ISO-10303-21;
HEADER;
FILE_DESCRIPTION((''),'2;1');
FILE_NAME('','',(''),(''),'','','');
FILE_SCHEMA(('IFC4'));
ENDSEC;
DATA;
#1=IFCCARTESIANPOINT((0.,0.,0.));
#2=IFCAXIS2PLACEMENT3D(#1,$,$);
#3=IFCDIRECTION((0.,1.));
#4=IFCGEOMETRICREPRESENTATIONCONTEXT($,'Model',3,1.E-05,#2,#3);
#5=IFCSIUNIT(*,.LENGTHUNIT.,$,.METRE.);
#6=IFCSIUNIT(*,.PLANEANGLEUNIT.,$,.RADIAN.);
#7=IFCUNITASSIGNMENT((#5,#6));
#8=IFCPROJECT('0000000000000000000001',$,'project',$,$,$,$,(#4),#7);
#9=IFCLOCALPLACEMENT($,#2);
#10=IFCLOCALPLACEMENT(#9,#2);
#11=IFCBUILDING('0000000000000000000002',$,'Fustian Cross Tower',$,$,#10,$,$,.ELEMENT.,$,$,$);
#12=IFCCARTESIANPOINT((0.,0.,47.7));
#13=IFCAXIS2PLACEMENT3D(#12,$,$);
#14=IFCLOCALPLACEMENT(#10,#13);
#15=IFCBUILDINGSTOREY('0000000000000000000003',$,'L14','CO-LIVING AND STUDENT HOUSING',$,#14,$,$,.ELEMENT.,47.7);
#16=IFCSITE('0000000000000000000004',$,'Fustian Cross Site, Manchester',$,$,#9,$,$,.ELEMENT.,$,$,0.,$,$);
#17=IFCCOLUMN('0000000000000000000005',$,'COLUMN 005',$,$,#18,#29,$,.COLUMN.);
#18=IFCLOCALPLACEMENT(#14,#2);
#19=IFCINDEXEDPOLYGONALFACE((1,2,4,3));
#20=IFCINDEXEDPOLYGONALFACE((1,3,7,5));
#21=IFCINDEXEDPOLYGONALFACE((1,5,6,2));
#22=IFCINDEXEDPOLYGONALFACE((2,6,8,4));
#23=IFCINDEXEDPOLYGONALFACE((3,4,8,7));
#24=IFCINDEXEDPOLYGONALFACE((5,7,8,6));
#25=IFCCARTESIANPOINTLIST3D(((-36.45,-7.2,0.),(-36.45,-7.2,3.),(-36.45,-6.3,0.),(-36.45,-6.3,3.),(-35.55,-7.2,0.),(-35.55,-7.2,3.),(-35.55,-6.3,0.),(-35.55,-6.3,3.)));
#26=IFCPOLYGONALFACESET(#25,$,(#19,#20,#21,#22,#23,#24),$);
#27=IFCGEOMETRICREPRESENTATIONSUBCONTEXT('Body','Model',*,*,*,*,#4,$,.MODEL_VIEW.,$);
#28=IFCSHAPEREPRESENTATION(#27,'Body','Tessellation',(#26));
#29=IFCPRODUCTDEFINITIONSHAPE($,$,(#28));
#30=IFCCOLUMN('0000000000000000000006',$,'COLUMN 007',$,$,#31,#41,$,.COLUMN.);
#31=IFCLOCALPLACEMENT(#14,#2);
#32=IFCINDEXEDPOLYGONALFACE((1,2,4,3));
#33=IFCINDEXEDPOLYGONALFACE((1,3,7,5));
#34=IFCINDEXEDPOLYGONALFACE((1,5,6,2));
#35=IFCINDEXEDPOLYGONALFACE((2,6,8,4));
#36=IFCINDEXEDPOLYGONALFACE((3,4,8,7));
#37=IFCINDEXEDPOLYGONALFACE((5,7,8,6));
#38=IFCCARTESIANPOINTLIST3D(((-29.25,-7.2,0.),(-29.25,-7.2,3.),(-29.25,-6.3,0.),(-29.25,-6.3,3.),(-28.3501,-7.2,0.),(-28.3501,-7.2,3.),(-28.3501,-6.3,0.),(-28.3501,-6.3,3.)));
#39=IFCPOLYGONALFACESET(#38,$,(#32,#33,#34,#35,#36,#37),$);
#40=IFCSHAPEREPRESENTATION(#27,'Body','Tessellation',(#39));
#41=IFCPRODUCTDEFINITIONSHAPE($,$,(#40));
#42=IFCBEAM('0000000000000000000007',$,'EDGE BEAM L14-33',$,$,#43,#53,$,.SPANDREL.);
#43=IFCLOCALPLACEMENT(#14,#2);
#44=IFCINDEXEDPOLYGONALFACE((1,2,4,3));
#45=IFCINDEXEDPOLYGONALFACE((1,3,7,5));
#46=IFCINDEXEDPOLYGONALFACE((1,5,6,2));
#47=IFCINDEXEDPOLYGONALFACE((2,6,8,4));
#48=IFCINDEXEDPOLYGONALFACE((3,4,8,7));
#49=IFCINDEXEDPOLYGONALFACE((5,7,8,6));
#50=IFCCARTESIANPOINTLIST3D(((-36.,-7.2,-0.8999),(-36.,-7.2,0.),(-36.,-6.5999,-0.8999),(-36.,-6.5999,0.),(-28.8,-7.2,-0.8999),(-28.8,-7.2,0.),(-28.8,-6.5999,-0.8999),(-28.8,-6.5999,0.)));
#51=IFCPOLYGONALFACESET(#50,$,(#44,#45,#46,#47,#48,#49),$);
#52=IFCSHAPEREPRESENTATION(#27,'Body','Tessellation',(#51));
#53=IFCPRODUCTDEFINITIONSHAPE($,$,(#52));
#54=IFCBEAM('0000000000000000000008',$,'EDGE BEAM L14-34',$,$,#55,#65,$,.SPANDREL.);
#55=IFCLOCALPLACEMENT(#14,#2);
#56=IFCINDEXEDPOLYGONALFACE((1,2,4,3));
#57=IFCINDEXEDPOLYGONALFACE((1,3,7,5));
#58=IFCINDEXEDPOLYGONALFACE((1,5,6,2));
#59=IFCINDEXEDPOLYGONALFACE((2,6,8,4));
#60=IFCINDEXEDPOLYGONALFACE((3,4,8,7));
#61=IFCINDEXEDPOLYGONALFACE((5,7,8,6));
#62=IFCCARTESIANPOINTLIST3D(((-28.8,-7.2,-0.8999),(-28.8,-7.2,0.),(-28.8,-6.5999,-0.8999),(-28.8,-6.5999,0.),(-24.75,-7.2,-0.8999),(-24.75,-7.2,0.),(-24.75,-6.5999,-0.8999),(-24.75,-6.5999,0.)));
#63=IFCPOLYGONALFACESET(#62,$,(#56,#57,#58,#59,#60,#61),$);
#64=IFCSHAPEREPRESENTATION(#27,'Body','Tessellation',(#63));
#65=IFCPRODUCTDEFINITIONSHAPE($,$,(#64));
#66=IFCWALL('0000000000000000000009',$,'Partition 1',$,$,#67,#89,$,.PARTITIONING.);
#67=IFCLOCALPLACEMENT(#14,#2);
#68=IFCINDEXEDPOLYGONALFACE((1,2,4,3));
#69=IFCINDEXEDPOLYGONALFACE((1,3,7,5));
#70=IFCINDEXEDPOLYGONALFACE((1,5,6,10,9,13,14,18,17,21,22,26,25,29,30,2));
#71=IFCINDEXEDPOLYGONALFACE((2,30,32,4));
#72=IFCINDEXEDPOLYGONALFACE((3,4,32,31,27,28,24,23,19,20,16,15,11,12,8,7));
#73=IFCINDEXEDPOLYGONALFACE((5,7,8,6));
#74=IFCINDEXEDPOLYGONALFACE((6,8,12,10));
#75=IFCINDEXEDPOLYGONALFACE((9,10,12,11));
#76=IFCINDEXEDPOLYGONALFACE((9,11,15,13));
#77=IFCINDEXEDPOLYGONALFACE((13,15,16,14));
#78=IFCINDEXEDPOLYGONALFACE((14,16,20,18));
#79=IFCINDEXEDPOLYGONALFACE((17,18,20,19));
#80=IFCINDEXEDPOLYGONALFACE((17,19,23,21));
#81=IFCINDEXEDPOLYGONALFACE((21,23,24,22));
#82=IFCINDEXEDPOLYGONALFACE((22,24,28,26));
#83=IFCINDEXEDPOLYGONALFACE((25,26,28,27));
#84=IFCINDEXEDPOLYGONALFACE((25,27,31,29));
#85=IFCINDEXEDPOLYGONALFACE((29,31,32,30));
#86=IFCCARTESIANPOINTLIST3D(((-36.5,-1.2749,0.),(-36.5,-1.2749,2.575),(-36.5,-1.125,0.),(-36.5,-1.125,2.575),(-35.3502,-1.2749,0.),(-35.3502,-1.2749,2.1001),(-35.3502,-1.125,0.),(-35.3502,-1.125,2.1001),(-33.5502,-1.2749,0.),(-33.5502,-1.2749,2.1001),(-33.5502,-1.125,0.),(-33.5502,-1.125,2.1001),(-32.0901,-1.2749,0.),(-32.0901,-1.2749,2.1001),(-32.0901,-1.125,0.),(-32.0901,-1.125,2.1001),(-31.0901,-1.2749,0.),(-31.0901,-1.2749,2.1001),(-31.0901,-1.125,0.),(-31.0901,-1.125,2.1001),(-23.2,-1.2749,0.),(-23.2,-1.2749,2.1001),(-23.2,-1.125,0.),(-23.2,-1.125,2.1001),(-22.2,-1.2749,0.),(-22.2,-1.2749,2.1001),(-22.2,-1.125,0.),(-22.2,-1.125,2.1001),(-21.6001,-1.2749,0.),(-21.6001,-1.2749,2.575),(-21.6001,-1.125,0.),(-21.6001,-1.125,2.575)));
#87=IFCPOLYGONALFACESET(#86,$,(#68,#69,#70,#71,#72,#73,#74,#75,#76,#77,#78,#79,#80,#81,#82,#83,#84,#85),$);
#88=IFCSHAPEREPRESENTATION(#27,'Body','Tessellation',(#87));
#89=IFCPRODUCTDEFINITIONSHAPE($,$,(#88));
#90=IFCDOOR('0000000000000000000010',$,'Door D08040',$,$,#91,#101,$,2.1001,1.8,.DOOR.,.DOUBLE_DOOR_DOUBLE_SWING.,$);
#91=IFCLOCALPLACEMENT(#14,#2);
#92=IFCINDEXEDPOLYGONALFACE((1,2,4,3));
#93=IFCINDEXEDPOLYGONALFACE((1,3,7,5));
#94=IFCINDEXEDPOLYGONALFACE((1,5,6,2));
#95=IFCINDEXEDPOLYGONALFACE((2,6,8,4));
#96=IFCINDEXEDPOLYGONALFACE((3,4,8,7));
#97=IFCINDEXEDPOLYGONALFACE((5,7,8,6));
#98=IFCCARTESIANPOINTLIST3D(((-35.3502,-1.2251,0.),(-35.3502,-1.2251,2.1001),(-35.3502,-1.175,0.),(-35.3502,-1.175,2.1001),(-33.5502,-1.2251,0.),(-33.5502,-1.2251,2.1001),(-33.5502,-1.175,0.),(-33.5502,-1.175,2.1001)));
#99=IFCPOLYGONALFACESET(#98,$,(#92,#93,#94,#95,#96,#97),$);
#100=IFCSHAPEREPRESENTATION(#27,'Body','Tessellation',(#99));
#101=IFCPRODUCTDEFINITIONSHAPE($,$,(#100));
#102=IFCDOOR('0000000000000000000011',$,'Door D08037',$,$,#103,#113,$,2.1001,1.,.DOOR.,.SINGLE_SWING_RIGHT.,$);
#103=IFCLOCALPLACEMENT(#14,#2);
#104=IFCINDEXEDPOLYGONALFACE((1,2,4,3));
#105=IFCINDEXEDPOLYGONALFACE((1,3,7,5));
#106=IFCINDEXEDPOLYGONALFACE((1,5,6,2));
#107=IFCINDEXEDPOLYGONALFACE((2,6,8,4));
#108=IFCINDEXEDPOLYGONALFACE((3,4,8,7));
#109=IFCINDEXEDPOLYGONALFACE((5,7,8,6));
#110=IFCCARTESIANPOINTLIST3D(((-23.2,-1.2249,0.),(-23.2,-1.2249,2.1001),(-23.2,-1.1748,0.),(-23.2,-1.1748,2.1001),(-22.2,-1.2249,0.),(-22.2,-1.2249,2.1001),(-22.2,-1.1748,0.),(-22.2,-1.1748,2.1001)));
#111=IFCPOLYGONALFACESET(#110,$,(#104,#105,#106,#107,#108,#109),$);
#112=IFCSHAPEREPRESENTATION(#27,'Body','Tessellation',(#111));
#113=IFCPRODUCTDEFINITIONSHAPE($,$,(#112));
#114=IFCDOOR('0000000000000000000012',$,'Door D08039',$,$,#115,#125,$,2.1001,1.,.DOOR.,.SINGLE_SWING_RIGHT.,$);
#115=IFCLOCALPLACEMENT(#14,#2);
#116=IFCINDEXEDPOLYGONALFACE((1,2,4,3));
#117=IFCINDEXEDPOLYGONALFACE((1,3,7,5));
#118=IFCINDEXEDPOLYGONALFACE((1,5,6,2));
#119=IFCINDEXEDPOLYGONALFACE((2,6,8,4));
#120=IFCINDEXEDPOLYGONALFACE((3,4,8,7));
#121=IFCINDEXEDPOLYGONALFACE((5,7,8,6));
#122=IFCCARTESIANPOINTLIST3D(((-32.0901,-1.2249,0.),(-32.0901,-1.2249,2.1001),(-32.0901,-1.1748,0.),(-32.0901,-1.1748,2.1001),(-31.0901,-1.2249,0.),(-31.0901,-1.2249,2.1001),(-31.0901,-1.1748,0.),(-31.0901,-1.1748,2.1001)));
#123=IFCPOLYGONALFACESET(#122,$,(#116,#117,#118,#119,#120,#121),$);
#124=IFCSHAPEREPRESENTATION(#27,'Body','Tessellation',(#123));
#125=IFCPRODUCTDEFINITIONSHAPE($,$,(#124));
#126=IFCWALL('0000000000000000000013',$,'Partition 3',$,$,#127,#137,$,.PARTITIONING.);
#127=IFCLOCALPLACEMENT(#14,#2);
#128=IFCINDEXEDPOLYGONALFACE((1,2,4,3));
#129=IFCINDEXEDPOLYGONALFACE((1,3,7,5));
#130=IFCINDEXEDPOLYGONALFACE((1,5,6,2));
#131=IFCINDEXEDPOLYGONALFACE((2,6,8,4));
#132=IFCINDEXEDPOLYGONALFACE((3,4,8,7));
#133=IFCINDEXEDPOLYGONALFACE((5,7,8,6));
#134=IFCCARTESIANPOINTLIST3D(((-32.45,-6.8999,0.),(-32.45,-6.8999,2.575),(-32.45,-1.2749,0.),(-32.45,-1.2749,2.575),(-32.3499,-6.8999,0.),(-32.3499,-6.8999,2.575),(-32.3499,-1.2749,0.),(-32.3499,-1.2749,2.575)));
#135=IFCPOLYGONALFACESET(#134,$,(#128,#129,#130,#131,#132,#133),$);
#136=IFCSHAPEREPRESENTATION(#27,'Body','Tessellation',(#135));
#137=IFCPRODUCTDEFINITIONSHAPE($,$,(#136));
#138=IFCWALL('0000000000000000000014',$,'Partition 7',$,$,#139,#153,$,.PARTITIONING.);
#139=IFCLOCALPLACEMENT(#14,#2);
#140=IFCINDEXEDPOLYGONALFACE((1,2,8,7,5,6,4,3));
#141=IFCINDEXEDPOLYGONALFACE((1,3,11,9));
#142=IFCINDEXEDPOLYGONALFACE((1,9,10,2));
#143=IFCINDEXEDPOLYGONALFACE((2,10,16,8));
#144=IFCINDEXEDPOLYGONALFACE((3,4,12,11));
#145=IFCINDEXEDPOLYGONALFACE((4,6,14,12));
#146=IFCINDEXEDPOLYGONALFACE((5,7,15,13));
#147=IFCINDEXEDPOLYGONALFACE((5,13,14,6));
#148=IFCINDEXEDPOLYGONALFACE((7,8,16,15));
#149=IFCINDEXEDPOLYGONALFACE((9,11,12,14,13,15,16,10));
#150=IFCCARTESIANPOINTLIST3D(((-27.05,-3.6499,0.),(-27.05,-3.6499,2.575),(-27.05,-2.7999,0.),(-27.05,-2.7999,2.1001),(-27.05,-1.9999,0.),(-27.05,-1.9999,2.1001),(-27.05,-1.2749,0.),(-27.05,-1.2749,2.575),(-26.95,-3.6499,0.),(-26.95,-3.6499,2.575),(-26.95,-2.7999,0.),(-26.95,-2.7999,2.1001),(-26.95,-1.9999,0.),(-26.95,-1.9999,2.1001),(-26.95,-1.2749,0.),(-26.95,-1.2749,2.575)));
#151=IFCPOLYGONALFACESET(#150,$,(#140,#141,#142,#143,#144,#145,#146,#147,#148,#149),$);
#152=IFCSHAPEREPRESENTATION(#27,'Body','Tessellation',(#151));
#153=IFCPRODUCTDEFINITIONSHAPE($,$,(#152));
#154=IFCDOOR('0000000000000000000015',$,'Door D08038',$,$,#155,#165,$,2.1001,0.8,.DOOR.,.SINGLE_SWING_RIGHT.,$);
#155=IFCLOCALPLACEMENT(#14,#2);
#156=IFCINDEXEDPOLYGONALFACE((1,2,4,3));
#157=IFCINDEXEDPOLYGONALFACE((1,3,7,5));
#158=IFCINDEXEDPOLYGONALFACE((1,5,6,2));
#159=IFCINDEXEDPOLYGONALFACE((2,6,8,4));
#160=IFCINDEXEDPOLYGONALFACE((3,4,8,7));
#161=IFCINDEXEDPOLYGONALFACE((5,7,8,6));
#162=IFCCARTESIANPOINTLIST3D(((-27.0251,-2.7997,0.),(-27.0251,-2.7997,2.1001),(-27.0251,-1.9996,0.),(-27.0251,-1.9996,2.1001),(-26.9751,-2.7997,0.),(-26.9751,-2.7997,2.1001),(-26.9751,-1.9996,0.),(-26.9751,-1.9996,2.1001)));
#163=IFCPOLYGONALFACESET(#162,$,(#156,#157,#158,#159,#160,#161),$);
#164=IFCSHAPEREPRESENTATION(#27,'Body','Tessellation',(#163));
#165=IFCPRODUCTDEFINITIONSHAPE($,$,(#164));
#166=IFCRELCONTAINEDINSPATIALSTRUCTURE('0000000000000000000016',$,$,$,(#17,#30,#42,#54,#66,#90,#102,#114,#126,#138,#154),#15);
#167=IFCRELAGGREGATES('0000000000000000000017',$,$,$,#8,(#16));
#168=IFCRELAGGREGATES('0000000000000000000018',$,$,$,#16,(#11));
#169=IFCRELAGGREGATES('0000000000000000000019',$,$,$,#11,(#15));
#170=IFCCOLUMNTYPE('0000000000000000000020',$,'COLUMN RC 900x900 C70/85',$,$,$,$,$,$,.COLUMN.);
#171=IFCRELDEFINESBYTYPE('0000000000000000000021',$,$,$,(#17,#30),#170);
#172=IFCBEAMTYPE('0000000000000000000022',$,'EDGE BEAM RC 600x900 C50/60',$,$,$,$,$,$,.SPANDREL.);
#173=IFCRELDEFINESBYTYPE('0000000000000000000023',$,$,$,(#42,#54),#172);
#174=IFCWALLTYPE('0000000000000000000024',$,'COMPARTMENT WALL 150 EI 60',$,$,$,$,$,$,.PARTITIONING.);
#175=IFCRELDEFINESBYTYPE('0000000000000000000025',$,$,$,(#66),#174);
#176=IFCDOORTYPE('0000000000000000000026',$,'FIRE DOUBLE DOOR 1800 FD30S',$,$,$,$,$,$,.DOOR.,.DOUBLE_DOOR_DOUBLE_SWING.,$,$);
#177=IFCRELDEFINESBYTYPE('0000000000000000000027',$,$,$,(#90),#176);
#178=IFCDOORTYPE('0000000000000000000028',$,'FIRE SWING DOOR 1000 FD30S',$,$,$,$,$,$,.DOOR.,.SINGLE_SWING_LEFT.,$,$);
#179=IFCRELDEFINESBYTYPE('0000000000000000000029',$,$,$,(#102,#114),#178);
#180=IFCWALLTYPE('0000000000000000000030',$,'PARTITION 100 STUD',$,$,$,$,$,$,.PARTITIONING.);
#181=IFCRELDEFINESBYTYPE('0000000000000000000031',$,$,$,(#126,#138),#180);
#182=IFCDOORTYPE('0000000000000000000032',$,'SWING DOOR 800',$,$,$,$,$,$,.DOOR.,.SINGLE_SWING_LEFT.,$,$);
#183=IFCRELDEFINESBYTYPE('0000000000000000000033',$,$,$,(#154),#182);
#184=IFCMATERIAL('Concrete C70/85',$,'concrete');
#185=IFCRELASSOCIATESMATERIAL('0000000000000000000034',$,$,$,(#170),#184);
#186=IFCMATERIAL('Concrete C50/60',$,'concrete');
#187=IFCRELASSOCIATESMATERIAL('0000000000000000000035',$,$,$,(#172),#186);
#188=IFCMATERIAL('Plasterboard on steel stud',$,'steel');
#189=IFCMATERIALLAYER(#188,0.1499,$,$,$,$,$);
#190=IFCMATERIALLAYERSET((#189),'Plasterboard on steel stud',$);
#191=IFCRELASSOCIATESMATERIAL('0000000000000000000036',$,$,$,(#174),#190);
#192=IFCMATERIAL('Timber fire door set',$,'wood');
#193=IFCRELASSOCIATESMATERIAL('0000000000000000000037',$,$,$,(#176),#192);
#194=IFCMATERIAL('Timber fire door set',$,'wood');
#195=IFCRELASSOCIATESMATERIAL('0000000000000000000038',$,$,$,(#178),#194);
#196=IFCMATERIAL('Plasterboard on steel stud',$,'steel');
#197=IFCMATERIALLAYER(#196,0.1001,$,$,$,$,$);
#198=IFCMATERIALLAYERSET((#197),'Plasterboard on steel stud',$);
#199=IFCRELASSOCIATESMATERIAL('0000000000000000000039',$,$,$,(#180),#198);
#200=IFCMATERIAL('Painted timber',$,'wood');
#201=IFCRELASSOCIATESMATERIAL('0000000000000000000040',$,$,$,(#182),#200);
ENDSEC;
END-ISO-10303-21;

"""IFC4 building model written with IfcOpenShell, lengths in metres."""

from ifc_helpers import new_model, si_unit, direction, frame, frame_2d, origin, origin_2d, place, context, subcontext, project, spatial, rectangle, extrude, material, layer, layer_set, material_profile, profile_set, type_object, element, fill, save


model = new_model("IFC4")

# Units and contexts
model_context = context("Model", 3, precision=1e-05, world=origin(), true_north=direction((0.0, 1.0)))
body_context = subcontext(model_context, "Body", "Model", "MODEL_VIEW")
ifc_project = project(units=[si_unit("LENGTHUNIT", "METRE"), si_unit("PLANEANGLEUNIT", "RADIAN")], contexts=[model_context])

# Site, building, storey
site_placement = place(None, origin())
site = spatial("IfcSite", under=ifc_project, at=site_placement, Name="Fustian Cross Site, Manchester", CompositionType="ELEMENT", RefElevation=0.0)
building_placement = place(site_placement, origin())
building = spatial("IfcBuilding", under=site, at=building_placement, Name="Fustian Cross Tower", CompositionType="ELEMENT")
storey_placement = place(building_placement, frame((0.0, 0.0, 47.7)))
storey = spatial("IfcBuildingStorey", under=building, at=storey_placement, Name="L14", Description="CO-LIVING AND STUDENT HOUSING", CompositionType="ELEMENT", Elevation=47.7)

# Columns
ifc_material_1 = material(Name="Concrete C70/85", Category="concrete")
ifc_material_profile_1 = material_profile(ifc_material_1, rectangle(XDim=0.8999, YDim=0.8999, at=origin_2d()), Name="RC 900x900")
ifc_profile_set_1 = profile_set([ifc_material_profile_1], Name="Concrete C70/85")
column_type = type_object("IfcColumnType", Name="COLUMN RC 900x900 C70/85", PredefinedType="COLUMN", material=ifc_profile_set_1)
for number, where, z_axis, x_axis, name in (
    (1, (-36.0, -6.75, 0.0), (0.0, 0.0, 1.0), (1.0, 0.0, 0.0), "COLUMN 005"),
    (2, (-28.8, -6.75, 0.0), (0.0, 0.0, 1.0), (1.0, 0.0, 0.0), "COLUMN 007"),
):
    element("IfcColumn", number, at=place(storey_placement, frame(where, z_axis=z_axis, x_axis=x_axis)), inside=storey, type_object=column_type, Name=name, PredefinedType="COLUMN", context=body_context, shape_type="SweptSolid", body=[
        extrude(rectangle(XDim=0.8999, YDim=0.8999, at=origin_2d()), origin(), (0.0, 0.0, 1.0), 3.0),
    ])

# Beams
ifc_material_2 = material(Name="Concrete C50/60", Category="concrete")
ifc_material_profile_2 = material_profile(ifc_material_2, rectangle(XDim=0.6001, YDim=0.8999, at=origin_2d()), Name="RC 600x900")
ifc_profile_set_2 = profile_set([ifc_material_profile_2], Name="Concrete C50/60")
beam_type = type_object("IfcBeamType", Name="EDGE BEAM RC 600x900 C50/60", PredefinedType="SPANDREL", material=ifc_profile_set_2)
beam_1_placement = place(storey_placement, frame((-36.0, -6.8999, -0.45), z_axis=(1.0, 0.0, 0.0), x_axis=(0.0, 1.0, 0.0)))
element("IfcBeam", 3, at=beam_1_placement, inside=storey, type_object=beam_type, Name="EDGE BEAM L14-33", PredefinedType="SPANDREL", context=body_context, shape_type="SweptSolid", body=[
    extrude(rectangle(XDim=0.6001, YDim=0.8999, at=origin_2d()), origin(), (0.0, 0.0, 1.0), 7.2),
])
beam_2_placement = place(storey_placement, frame((-28.8, -6.8999, -0.45), z_axis=(1.0, 0.0, 0.0), x_axis=(0.0, 1.0, 0.0)))
element("IfcBeam", 4, at=beam_2_placement, inside=storey, type_object=beam_type, Name="EDGE BEAM L14-34", PredefinedType="SPANDREL", context=body_context, shape_type="SweptSolid", body=[
    extrude(rectangle(XDim=0.6001, YDim=0.8999, at=origin_2d()), origin(), (0.0, 0.0, 1.0), 4.05),
])

# Wall, openings, doors
ifc_material_3 = material(Name="Plasterboard on steel stud", Category="steel")
ifc_layer_1 = layer(ifc_material_3, 0.1499)
ifc_layer_set_1 = layer_set([ifc_layer_1], Name="Plasterboard on steel stud")
wall_type_1 = type_object("IfcWallType", Name="COMPARTMENT WALL 150 EI 60", PredefinedType="PARTITIONING", material=ifc_layer_set_1)
wall_1_placement = place(storey_placement, frame((-36.5, -1.2, 0.0), z_axis=(0.0, 0.0, 1.0), x_axis=(1.0, 0.0, 0.0)))
wall_1 = element("IfcWall", 5, at=wall_1_placement, inside=storey, type_object=wall_type_1, Name="Partition 1", PredefinedType="PARTITIONING", context=body_context, shape_type="SweptSolid", body=[
    extrude(rectangle(XDim=14.8999, YDim=0.1499, at=frame_2d((7.45, 0.0))), origin(), (0.0, 0.0, 1.0), 2.575),
])
opening_1_placement = place(wall_1_placement, frame((13.3, 0.0, 0.0)))
opening_1 = element("IfcOpeningElement", 6, at=opening_1_placement, cuts=wall_1, PredefinedType="OPENING", context=body_context, shape_type="SweptSolid", body=[
    extrude(rectangle(XDim=1.0, YDim=2.1001, at=frame_2d((0.5, 1.05))), frame((0.0, 0.085, 0.0), z_axis=(0.0, -1.0, 0.0), x_axis=(1.0, 0.0, 0.0)), (0.0, 0.0, 1.0), 0.1699),
])
opening_2_placement = place(wall_1_placement, frame((4.4099, 0.0, 0.0)))
opening_2 = element("IfcOpeningElement", 7, at=opening_2_placement, cuts=wall_1, PredefinedType="OPENING", context=body_context, shape_type="SweptSolid", body=[
    extrude(rectangle(XDim=1.0, YDim=2.1001, at=frame_2d((0.5, 1.05))), frame((0.0, 0.085, 0.0), z_axis=(0.0, -1.0, 0.0), x_axis=(1.0, 0.0, 0.0)), (0.0, 0.0, 1.0), 0.1699),
])
opening_3_placement = place(wall_1_placement, frame((1.1499, 0.0, 0.0)))
opening_3 = element("IfcOpeningElement", 8, at=opening_3_placement, cuts=wall_1, PredefinedType="OPENING", context=body_context, shape_type="SweptSolid", body=[
    extrude(rectangle(XDim=1.8, YDim=2.1001, at=frame_2d((0.8999, 1.05))), frame((0.0, 0.085, 0.0), z_axis=(0.0, -1.0, 0.0), x_axis=(1.0, 0.0, 0.0)), (0.0, 0.0, 1.0), 0.1699),
])
ifc_material_4 = material(Name="Timber fire door set", Category="wood")
door_type_1 = type_object("IfcDoorType", Name="FIRE DOUBLE DOOR 1800 FD30S", OperationType="DOUBLE_DOOR_DOUBLE_SWING", PredefinedType="DOOR", material=ifc_material_4)
door_1_placement = place(opening_3_placement, origin())
door_1 = element("IfcDoor", 9, at=door_1_placement, inside=storey, type_object=door_type_1, Name="Door D08040", OperationType="DOUBLE_DOOR_DOUBLE_SWING", OverallHeight=2.1001, OverallWidth=1.8, PredefinedType="DOOR", context=body_context, shape_type="SweptSolid", body=[
    extrude(rectangle(XDim=1.8, YDim=2.1001, at=frame_2d((0.8999, 1.05))), frame((0.0, 0.0249, 0.0), z_axis=(0.0, -1.0, 0.0), x_axis=(1.0, 0.0, 0.0)), (0.0, 0.0, 1.0), 0.05),
])
fill(opening_3, door_1)
ifc_material_5 = material(Name="Timber fire door set", Category="wood")
door_type_2 = type_object("IfcDoorType", Name="FIRE SWING DOOR 1000 FD30S", OperationType="SINGLE_SWING_LEFT", PredefinedType="DOOR", material=ifc_material_5)
door_2_placement = place(opening_1_placement, frame((1.0, 0.0, 0.0), z_axis=(0.0, 0.0, 1.0), x_axis=(-1.0, 0.0, 0.0)))
door_2 = element("IfcDoor", 10, at=door_2_placement, inside=storey, type_object=door_type_2, Name="Door D08037", OperationType="SINGLE_SWING_RIGHT", OverallHeight=2.1001, OverallWidth=1.0, PredefinedType="DOOR", context=body_context, shape_type="SweptSolid", body=[
    extrude(rectangle(XDim=1.0, YDim=2.1001, at=frame_2d((0.5, 1.05))), frame((0.0, 0.0249, 0.0), z_axis=(0.0, -1.0, 0.0), x_axis=(1.0, 0.0, 0.0)), (0.0, 0.0, 1.0), 0.05),
])
fill(opening_1, door_2)
door_3_placement = place(opening_2_placement, frame((1.0, 0.0, 0.0), z_axis=(0.0, 0.0, 1.0), x_axis=(-1.0, 0.0, 0.0)))
door_3 = element("IfcDoor", 11, at=door_3_placement, inside=storey, type_object=door_type_2, Name="Door D08039", OperationType="SINGLE_SWING_RIGHT", OverallHeight=2.1001, OverallWidth=1.0, PredefinedType="DOOR", context=body_context, shape_type="SweptSolid", body=[
    extrude(rectangle(XDim=1.0, YDim=2.1001, at=frame_2d((0.5, 1.05))), frame((0.0, 0.0249, 0.0), z_axis=(0.0, -1.0, 0.0), x_axis=(1.0, 0.0, 0.0)), (0.0, 0.0, 1.0), 0.05),
])
fill(opening_2, door_3)

# Wall
ifc_material_6 = material(Name="Plasterboard on steel stud", Category="steel")
ifc_layer_2 = layer(ifc_material_6, 0.1001)
ifc_layer_set_2 = layer_set([ifc_layer_2], Name="Plasterboard on steel stud")
wall_type_2 = type_object("IfcWallType", Name="PARTITION 100 STUD", PredefinedType="PARTITIONING", material=ifc_layer_set_2)
wall_2_placement = place(storey_placement, frame((-32.3999, -6.8999, 0.0), z_axis=(0.0, 0.0, 1.0), x_axis=(0.0, 1.0, 0.0)))
element("IfcWall", 12, at=wall_2_placement, inside=storey, type_object=wall_type_2, Name="Partition 3", PredefinedType="PARTITIONING", context=body_context, shape_type="SweptSolid", body=[
    extrude(rectangle(XDim=5.625, YDim=0.1001, at=frame_2d((2.8125, 0.0))), origin(), (0.0, 0.0, 1.0), 2.575),
])

# Wall, opening, door
wall_3_placement = place(storey_placement, frame((-27.0, -3.6499, 0.0), z_axis=(0.0, 0.0, 1.0), x_axis=(0.0, 1.0, 0.0)))
wall_3 = element("IfcWall", 13, at=wall_3_placement, inside=storey, type_object=wall_type_2, Name="Partition 7", PredefinedType="PARTITIONING", context=body_context, shape_type="SweptSolid", body=[
    extrude(rectangle(XDim=2.375, YDim=0.1001, at=frame_2d((1.1875, 0.0))), origin(), (0.0, 0.0, 1.0), 2.575),
])
opening_4_placement = place(wall_3_placement, frame((0.8501, 0.0, 0.0)))
opening_4 = element("IfcOpeningElement", 14, at=opening_4_placement, cuts=wall_3, PredefinedType="OPENING", context=body_context, shape_type="SweptSolid", body=[
    extrude(rectangle(XDim=0.8, YDim=2.1001, at=frame_2d((0.3999, 1.05))), frame((0.0, 0.0601, 0.0), z_axis=(0.0, -1.0, 0.0), x_axis=(1.0, 0.0, 0.0)), (0.0, 0.0, 1.0), 0.1201),
])
ifc_material_7 = material(Name="Painted timber", Category="wood")
door_type_3 = type_object("IfcDoorType", Name="SWING DOOR 800", OperationType="SINGLE_SWING_LEFT", PredefinedType="DOOR", material=ifc_material_7)
door_4_placement = place(opening_4_placement, frame((0.8, 0.0, 0.0), z_axis=(0.0, 0.0, 1.0), x_axis=(-1.0, 0.0, 0.0)))
door_4 = element("IfcDoor", 15, at=door_4_placement, inside=storey, type_object=door_type_3, Name="Door D08038", OperationType="SINGLE_SWING_RIGHT", OverallHeight=2.1001, OverallWidth=0.8, PredefinedType="DOOR", context=body_context, shape_type="SweptSolid", body=[
    extrude(rectangle(XDim=0.8, YDim=2.1001, at=frame_2d((0.3999, 1.05))), frame((0.0, 0.0249, 0.0), z_axis=(0.0, -1.0, 0.0), x_axis=(1.0, 0.0, 0.0)), (0.0, 0.0, 1.0), 0.05),
])
fill(opening_4, door_4)

save(model, "model.ifc")
